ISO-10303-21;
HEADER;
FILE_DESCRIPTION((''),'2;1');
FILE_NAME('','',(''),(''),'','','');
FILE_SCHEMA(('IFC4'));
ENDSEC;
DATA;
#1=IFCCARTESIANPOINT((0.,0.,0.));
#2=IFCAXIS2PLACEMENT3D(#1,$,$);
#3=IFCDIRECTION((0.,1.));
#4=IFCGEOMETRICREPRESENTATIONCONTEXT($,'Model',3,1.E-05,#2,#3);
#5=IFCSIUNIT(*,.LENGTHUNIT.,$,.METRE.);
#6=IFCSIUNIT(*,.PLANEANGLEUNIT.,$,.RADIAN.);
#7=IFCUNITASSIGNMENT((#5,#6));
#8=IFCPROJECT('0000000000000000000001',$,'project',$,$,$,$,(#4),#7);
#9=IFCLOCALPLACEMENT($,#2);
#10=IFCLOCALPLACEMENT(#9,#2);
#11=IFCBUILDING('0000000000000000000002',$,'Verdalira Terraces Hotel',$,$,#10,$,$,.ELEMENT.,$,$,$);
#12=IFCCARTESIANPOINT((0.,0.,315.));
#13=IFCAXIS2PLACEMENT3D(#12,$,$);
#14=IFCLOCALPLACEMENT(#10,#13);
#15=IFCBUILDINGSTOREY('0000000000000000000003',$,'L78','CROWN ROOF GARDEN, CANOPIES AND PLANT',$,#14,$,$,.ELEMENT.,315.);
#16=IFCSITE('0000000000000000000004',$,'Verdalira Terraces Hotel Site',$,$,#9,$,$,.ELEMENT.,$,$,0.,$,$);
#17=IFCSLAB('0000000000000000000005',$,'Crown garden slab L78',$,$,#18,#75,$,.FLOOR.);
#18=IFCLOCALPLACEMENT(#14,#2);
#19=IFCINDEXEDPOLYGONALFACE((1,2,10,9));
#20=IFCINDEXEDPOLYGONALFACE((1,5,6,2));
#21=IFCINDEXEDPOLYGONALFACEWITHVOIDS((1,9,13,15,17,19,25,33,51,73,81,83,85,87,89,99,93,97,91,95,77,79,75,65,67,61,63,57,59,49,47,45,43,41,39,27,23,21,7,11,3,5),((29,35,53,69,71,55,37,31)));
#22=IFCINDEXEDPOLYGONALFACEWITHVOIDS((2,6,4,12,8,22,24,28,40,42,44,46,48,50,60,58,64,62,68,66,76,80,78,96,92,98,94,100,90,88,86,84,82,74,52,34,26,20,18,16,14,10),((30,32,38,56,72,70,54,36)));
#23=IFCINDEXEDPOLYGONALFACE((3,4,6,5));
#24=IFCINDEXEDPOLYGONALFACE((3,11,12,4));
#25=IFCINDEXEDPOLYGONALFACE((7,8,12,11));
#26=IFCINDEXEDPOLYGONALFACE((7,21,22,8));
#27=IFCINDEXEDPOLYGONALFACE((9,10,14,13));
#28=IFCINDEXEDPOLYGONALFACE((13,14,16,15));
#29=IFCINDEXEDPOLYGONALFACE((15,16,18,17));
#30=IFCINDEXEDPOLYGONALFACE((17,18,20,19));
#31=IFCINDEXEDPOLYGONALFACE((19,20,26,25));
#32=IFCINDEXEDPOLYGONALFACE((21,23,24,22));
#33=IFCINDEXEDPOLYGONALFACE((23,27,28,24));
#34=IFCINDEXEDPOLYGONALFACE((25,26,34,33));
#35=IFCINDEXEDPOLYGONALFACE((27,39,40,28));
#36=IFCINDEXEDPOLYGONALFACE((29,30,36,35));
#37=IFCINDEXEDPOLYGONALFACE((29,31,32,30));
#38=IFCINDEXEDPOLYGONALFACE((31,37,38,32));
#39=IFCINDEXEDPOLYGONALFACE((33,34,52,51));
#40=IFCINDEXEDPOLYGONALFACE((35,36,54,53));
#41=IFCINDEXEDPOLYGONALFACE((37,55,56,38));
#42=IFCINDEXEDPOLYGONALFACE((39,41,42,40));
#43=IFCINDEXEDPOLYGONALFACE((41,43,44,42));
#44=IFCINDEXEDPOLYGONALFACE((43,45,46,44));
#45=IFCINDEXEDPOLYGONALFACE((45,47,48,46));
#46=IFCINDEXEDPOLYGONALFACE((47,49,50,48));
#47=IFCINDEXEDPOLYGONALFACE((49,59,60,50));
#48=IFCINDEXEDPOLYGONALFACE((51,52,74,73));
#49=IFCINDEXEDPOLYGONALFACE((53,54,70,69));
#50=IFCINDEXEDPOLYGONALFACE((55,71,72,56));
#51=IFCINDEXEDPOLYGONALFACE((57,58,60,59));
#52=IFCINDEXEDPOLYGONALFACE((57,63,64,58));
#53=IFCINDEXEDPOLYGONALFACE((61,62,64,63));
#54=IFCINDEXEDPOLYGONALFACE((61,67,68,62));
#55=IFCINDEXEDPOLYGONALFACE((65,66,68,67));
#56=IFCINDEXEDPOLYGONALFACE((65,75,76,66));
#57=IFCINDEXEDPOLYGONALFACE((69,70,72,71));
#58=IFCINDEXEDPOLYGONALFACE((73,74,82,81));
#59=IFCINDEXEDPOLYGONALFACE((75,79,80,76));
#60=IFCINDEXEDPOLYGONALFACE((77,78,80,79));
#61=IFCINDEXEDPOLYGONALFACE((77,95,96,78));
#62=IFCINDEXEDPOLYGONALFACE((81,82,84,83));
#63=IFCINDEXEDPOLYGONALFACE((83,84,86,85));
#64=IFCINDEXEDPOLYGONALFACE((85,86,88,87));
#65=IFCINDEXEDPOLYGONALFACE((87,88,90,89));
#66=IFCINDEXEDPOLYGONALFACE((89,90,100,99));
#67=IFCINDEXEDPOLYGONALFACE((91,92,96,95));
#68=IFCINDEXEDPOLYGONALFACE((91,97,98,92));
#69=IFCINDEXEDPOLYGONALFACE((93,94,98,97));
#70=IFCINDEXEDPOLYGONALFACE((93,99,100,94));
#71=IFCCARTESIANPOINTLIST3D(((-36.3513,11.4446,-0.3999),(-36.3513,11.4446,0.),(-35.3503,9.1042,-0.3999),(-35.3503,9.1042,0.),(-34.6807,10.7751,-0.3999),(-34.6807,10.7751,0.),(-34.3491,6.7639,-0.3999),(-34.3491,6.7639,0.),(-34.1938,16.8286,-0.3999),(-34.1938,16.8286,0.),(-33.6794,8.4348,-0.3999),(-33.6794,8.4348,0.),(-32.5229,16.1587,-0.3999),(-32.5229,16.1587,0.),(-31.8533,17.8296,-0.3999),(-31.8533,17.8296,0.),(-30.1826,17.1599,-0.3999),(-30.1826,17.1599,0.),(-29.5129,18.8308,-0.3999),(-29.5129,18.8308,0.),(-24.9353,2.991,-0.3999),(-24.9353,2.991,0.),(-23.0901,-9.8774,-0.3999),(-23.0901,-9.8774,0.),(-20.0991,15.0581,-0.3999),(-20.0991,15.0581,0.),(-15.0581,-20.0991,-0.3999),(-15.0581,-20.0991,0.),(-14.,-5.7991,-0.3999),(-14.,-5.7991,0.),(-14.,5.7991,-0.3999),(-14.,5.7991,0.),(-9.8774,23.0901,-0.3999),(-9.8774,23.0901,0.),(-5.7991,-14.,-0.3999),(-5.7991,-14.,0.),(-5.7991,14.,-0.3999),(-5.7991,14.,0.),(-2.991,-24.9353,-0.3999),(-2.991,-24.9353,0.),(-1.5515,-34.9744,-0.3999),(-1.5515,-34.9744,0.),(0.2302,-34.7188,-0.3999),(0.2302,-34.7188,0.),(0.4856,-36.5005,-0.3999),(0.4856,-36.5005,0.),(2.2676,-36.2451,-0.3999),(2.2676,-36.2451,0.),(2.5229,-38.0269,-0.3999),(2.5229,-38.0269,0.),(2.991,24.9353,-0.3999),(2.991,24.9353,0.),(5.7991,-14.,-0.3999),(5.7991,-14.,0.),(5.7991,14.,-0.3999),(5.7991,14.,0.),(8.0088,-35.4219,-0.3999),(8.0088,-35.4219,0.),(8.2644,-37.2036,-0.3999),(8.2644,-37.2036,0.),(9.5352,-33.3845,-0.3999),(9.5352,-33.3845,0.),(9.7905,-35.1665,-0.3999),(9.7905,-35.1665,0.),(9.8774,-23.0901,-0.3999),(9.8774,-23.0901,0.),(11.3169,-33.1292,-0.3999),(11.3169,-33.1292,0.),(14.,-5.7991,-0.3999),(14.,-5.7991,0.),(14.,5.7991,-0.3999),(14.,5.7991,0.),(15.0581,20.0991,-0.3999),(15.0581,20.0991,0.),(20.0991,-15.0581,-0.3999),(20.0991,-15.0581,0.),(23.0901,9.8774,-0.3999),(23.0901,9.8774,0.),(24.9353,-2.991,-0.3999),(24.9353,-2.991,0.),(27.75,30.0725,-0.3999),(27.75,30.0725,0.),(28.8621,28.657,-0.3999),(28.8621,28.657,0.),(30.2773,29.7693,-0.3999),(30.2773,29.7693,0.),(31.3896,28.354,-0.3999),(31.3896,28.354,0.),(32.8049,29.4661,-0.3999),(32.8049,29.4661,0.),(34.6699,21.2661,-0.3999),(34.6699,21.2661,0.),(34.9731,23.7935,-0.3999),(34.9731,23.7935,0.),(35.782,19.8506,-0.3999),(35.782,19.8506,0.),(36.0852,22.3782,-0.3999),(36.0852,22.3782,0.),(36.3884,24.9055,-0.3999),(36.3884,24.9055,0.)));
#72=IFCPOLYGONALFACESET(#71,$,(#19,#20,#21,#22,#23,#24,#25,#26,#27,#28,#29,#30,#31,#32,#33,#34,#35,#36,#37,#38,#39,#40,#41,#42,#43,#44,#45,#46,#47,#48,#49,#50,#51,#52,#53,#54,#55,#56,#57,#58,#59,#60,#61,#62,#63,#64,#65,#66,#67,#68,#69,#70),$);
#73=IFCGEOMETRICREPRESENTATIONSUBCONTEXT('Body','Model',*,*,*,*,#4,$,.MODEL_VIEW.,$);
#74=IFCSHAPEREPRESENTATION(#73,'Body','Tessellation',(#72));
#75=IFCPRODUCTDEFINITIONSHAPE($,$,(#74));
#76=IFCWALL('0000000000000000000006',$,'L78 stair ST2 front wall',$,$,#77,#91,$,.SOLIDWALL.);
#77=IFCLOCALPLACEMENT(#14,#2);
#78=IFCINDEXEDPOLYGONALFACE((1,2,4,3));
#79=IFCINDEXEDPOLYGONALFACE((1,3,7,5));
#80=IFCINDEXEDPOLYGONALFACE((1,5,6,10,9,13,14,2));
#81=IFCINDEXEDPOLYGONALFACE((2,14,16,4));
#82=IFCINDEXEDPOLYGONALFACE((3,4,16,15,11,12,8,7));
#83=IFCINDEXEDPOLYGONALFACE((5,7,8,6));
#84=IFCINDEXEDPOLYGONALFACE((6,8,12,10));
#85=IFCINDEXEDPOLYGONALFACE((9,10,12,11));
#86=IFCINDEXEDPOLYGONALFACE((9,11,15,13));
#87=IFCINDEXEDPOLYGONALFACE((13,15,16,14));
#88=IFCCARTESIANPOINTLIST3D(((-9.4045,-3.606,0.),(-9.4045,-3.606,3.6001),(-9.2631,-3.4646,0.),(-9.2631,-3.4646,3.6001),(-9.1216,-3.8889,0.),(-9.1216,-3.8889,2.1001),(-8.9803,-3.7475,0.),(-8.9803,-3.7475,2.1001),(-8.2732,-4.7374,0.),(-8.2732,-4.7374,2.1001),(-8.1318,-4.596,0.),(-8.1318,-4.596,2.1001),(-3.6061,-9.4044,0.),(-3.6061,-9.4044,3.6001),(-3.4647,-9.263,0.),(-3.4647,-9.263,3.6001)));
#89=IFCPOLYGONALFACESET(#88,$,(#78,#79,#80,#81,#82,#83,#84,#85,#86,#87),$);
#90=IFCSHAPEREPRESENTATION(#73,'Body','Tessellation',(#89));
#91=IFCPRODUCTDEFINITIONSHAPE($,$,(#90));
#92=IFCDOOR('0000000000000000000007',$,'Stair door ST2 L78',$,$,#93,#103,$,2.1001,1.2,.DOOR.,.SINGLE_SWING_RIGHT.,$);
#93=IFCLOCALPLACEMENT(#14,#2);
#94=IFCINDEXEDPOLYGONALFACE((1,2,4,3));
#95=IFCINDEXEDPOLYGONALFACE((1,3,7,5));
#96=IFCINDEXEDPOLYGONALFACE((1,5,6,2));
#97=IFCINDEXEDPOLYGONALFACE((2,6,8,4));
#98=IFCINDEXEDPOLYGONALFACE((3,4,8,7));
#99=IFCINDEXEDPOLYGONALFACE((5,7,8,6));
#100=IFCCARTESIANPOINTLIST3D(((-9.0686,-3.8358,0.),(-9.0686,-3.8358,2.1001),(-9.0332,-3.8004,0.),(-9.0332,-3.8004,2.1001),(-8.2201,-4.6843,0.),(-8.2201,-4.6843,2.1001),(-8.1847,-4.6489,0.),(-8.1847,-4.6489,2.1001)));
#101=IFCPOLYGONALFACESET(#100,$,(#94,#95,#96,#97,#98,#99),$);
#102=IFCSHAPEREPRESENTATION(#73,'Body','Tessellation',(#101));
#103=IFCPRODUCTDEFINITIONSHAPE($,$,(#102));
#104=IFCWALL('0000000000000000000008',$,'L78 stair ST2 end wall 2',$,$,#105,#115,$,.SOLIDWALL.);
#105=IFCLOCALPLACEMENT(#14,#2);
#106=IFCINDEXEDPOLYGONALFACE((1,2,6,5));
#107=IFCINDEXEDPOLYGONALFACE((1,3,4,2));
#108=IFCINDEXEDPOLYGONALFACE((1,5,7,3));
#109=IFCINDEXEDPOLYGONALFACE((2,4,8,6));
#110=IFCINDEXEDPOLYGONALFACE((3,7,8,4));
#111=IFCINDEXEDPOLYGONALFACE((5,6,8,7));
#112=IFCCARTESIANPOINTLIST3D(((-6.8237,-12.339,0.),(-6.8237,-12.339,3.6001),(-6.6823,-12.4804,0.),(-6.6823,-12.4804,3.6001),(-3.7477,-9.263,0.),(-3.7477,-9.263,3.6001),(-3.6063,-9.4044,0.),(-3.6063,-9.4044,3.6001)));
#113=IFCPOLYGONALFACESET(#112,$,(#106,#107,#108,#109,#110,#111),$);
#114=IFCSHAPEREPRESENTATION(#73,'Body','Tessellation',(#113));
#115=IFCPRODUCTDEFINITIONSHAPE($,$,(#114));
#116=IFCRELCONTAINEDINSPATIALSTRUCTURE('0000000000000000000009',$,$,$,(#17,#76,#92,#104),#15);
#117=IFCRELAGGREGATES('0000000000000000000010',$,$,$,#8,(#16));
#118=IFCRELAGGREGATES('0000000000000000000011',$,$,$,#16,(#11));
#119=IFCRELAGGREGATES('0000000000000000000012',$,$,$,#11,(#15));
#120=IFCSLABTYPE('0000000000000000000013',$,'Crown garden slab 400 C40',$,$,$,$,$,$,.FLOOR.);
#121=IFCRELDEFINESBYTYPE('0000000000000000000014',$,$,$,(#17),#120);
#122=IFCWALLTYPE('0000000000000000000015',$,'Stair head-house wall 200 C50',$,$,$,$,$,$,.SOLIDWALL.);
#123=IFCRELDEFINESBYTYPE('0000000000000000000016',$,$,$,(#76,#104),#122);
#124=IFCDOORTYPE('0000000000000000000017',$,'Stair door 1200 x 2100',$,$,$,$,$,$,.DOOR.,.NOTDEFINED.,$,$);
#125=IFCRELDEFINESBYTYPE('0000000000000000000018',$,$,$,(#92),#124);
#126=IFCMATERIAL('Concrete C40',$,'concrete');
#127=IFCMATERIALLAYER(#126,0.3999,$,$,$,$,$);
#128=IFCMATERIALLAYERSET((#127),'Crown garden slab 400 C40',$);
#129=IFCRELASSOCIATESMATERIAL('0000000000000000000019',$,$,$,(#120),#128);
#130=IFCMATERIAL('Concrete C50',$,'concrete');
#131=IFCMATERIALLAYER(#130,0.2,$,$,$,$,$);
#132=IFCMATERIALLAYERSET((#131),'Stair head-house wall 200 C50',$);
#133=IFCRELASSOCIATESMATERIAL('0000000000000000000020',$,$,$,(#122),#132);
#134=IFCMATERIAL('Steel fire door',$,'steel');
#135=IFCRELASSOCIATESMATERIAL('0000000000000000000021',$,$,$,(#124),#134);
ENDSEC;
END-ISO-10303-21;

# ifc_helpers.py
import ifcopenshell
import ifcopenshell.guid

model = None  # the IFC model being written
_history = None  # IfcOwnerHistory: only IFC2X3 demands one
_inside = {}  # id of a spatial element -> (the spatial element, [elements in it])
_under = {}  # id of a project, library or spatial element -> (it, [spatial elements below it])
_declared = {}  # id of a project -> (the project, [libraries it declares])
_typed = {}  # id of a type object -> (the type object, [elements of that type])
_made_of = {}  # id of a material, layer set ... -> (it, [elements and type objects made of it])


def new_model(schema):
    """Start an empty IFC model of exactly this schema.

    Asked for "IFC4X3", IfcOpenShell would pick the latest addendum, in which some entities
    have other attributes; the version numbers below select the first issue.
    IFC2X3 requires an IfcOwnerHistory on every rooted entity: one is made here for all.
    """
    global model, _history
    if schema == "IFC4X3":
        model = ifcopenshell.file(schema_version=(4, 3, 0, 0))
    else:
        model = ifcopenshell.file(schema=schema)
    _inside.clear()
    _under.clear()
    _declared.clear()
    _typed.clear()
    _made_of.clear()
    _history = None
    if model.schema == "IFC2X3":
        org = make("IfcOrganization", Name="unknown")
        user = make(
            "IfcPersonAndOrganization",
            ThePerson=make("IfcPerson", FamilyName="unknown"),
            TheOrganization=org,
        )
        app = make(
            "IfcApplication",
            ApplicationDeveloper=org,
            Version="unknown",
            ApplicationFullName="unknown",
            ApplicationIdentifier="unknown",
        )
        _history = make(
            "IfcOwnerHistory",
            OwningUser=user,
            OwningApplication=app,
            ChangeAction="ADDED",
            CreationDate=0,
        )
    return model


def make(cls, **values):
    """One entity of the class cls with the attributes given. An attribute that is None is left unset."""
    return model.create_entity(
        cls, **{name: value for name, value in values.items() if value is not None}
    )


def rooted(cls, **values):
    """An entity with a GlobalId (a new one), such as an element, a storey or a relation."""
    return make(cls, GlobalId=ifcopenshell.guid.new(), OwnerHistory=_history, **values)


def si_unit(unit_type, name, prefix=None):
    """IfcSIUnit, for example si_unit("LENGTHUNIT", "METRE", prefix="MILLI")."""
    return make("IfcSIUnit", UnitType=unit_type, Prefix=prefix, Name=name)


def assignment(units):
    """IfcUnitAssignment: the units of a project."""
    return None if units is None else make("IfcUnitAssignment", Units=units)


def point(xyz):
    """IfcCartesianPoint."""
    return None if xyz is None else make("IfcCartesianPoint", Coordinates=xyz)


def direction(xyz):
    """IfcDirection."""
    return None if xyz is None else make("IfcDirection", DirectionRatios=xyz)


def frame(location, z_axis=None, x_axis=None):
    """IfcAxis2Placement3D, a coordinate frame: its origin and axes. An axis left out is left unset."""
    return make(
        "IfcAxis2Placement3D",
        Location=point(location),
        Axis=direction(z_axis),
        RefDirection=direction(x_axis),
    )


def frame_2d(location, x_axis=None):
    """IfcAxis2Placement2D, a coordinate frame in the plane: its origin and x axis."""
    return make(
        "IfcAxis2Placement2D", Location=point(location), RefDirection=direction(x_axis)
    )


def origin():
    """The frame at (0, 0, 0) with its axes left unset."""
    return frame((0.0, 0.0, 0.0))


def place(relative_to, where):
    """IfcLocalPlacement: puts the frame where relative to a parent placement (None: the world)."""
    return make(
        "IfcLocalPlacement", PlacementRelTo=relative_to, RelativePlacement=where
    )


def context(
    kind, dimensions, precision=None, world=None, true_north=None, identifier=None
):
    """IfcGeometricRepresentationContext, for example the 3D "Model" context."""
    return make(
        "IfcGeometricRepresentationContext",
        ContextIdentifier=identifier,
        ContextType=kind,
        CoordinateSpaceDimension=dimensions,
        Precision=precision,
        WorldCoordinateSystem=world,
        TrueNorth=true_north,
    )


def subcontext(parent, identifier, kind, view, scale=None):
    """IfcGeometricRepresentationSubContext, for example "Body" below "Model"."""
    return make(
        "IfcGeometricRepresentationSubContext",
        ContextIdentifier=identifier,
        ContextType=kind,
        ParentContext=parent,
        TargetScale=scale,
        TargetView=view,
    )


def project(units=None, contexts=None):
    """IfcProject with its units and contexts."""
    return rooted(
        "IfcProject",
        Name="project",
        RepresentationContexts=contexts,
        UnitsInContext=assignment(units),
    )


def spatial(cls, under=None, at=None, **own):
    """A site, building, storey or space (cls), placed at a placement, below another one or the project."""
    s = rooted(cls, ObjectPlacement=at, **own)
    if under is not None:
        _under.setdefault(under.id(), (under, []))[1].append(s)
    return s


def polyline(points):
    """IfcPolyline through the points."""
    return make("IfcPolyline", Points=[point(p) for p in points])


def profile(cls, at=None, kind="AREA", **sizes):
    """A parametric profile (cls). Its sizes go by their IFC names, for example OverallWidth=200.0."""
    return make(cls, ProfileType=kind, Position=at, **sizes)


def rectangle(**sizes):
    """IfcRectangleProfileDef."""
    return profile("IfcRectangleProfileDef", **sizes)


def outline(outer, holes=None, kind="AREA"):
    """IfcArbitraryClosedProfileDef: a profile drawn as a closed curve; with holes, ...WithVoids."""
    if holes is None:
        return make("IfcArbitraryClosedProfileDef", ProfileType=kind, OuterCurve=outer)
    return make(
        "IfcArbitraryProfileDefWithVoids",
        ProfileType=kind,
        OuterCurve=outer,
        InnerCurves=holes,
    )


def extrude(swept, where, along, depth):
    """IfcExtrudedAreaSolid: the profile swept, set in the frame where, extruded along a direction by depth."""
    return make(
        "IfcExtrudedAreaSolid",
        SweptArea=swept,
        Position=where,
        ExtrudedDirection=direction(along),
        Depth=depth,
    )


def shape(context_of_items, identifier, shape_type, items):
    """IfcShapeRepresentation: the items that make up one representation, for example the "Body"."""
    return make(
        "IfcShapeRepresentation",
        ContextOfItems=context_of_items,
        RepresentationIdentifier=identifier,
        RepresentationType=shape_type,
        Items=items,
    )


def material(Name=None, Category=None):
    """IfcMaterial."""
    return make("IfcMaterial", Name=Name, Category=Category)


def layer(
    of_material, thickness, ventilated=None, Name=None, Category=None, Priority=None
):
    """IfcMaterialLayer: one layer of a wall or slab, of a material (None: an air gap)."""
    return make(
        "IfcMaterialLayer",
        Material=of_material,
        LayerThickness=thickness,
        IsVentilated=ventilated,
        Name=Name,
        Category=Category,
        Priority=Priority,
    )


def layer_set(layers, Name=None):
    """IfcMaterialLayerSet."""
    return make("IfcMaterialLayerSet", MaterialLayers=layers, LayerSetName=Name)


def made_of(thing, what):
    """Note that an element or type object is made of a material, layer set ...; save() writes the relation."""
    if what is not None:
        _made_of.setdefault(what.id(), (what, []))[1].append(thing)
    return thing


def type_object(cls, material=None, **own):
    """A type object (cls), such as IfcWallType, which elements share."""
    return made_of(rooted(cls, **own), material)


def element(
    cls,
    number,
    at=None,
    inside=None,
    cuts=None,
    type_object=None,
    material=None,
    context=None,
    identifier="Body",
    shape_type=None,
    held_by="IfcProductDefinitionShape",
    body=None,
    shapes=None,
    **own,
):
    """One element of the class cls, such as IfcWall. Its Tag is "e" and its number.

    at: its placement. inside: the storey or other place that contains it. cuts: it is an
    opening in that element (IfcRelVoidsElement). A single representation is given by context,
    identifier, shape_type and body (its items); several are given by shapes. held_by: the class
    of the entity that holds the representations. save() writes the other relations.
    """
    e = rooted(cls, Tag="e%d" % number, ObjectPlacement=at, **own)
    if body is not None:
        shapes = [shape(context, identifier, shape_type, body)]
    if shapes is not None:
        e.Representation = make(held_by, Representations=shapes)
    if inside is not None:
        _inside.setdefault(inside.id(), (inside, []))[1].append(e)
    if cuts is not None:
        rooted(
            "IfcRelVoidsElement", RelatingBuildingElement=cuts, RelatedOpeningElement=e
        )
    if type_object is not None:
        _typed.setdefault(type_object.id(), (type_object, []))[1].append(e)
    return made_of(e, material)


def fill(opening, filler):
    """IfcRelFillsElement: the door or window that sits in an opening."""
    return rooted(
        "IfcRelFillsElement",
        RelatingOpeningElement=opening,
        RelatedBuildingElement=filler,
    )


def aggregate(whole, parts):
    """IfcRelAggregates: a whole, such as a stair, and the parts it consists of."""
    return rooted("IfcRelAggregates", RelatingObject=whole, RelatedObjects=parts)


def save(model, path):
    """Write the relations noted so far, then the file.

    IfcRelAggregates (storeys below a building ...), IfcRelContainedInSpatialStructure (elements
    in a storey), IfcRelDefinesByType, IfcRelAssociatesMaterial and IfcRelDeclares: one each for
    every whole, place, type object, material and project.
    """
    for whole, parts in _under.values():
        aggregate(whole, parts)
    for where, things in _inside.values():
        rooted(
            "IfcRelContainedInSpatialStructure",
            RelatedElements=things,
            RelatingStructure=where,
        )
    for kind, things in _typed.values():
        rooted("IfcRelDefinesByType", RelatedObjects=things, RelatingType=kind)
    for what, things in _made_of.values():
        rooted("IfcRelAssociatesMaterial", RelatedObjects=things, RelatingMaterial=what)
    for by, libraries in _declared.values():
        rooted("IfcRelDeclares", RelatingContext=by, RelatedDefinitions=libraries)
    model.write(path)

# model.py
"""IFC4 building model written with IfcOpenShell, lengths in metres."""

from ifc_helpers import new_model, si_unit, direction, frame, frame_2d, origin, place, context, subcontext, project, spatial, polyline, rectangle, outline, extrude, material, layer, layer_set, type_object, element, fill, save


model = new_model("IFC4")

# Units and contexts
model_context = context("Model", 3, precision=1e-05, world=origin(), true_north=direction((0.0, 1.0)))
body_context = subcontext(model_context, "Body", "Model", "MODEL_VIEW")
ifc_project = project(units=[si_unit("LENGTHUNIT", "METRE"), si_unit("PLANEANGLEUNIT", "RADIAN")], contexts=[model_context])

# Site, building, storey
site_placement = place(None, origin())
site = spatial("IfcSite", under=ifc_project, at=site_placement, Name="Verdalira Terraces Hotel Site", CompositionType="ELEMENT", RefElevation=0.0)
building_placement = place(site_placement, origin())
building = spatial("IfcBuilding", under=site, at=building_placement, Name="Verdalira Terraces Hotel", CompositionType="ELEMENT")
storey_placement = place(building_placement, frame((0.0, 0.0, 315.0)))
storey = spatial("IfcBuildingStorey", under=building, at=storey_placement, Name="L78", Description="CROWN ROOF GARDEN, CANOPIES AND PLANT", CompositionType="ELEMENT", Elevation=315.0)

# Slab
ifc_material_1 = material(Name="Concrete C40", Category="concrete")
ifc_layer_1 = layer(ifc_material_1, 0.3999)
ifc_layer_set_1 = layer_set([ifc_layer_1], Name="Crown garden slab 400 C40")
slab_type = type_object("IfcSlabType", Name="Crown garden slab 400 C40", PredefinedType="FLOOR", material=ifc_layer_set_1)
slab_placement = place(storey_placement, frame((0.0, 0.0, -0.3999)))
element("IfcSlab", 1, at=slab_placement, inside=storey, type_object=slab_type, Name="Crown garden slab L78", PredefinedType="FLOOR", context=body_context, shape_type="SweptSolid", body=[
    extrude(outline(polyline([(-9.8774, 23.0901), (-20.0991, 15.0581), (-29.5129, 18.8308), (-30.1826, 17.1599), (-31.8533, 17.8296), (-32.5229, 16.1587), (-34.1938, 16.8286), (-36.3513, 11.4446), (-34.6807, 10.7751), (-35.3503, 9.1042), (-33.6794, 8.4348), (-34.3491, 6.7639), (-24.9353, 2.991), (-23.0901, -9.8774), (-15.0581, -20.0991), (-2.991, -24.9353), (-1.5515, -34.9744), (0.2302, -34.7188), (0.4856, -36.5005), (2.2676, -36.2451), (2.5229, -38.0269), (8.2644, -37.2036), (8.0088, -35.4219), (9.7905, -35.1665), (9.5352, -33.3845), (11.3169, -33.1292), (9.8774, -23.0901), (20.0991, -15.0581), (24.9353, -2.991), (23.0901, 9.8774), (35.782, 19.8506), (34.6699, 21.2661), (36.0852, 22.3782), (34.9731, 23.7935), (36.3884, 24.9055), (32.8049, 29.4661), (31.3896, 28.354), (30.2773, 29.7693), (28.8621, 28.657), (27.75, 30.0725), (15.0581, 20.0991), (2.991, 24.9353), (-9.8774, 23.0901)]), holes=[polyline([(5.7991, 14.0), (14.0, 5.7991), (14.0, -5.7991), (5.7991, -14.0), (-5.7991, -14.0), (-14.0, -5.7991), (-14.0, 5.7991), (-5.7991, 14.0), (5.7991, 14.0)])]), origin(), (0.0, 0.0, 1.0), 0.3999),
])

# Wall, opening, door
ifc_material_2 = material(Name="Concrete C50", Category="concrete")
ifc_layer_2 = layer(ifc_material_2, 0.2)
ifc_layer_set_2 = layer_set([ifc_layer_2], Name="Stair head-house wall 200 C50")
wall_type = type_object("IfcWallType", Name="Stair head-house wall 200 C50", PredefinedType="SOLIDWALL", material=ifc_layer_set_2)
wall_1_placement = place(storey_placement, frame((-3.5354, -9.3337, 0.0), z_axis=(0.0, 0.0, 1.0), x_axis=(-0.707107, 0.707107, 0.0)))
wall_1 = element("IfcWall", 2, at=wall_1_placement, inside=storey, type_object=wall_type, Name="L78 stair ST2 front wall", PredefinedType="SOLIDWALL", context=body_context, shape_type="SweptSolid", body=[
    extrude(rectangle(XDim=8.2002, YDim=0.2, at=frame_2d((4.1001, 0.0))), origin(), (0.0, 0.0, 1.0), 3.6001),
])
opening_placement = place(wall_1_placement, frame((6.6001, 0.0, 0.0)))
opening = element("IfcOpeningElement", 3, at=opening_placement, cuts=wall_1, PredefinedType="OPENING", context=body_context, shape_type="SweptSolid", body=[
    extrude(rectangle(XDim=1.2, YDim=2.1001, at=frame_2d((0.6001, 1.05))), frame((0.0, 0.1099, 0.0), z_axis=(0.0, -1.0, 0.0), x_axis=(1.0, 0.0, 0.0)), (0.0, 0.0, 1.0), 0.22),
])
ifc_material_3 = material(Name="Steel fire door", Category="steel")
door_type = type_object("IfcDoorType", Name="Stair door 1200 x 2100", OperationType="NOTDEFINED", PredefinedType="DOOR", material=ifc_material_3)
door_placement = place(opening_placement, origin())
door = element("IfcDoor", 4, at=door_placement, inside=storey, type_object=door_type, Name="Stair door ST2 L78", OperationType="SINGLE_SWING_RIGHT", OverallHeight=2.1001, OverallWidth=1.2, PredefinedType="DOOR", context=body_context, shape_type="SweptSolid", body=[
    extrude(rectangle(XDim=1.2, YDim=2.1001, at=frame_2d((0.6001, 1.05))), frame((0.0, 0.0249, 0.0), z_axis=(0.0, -1.0, 0.0), x_axis=(1.0, 0.0, 0.0)), (0.0, 0.0, 1.0), 0.05),
])
fill(opening, door)

# Wall
wall_2_placement = place(storey_placement, frame((-3.677, -9.3337, 0.0), z_axis=(0.0, 0.0, 1.0), x_axis=(-0.707107, -0.707107, 0.0)))
element("IfcWall", 5, at=wall_2_placement, inside=storey, type_object=wall_type, Name="L78 stair ST2 end wall 2", PredefinedType="SOLIDWALL", context=body_context, shape_type="SweptSolid", body=[
    extrude(rectangle(XDim=4.3501, YDim=0.2, at=frame_2d((2.175, 0.0))), origin(), (0.0, 0.0, 1.0), 3.6001),
])

save(model, "model.ifc")
